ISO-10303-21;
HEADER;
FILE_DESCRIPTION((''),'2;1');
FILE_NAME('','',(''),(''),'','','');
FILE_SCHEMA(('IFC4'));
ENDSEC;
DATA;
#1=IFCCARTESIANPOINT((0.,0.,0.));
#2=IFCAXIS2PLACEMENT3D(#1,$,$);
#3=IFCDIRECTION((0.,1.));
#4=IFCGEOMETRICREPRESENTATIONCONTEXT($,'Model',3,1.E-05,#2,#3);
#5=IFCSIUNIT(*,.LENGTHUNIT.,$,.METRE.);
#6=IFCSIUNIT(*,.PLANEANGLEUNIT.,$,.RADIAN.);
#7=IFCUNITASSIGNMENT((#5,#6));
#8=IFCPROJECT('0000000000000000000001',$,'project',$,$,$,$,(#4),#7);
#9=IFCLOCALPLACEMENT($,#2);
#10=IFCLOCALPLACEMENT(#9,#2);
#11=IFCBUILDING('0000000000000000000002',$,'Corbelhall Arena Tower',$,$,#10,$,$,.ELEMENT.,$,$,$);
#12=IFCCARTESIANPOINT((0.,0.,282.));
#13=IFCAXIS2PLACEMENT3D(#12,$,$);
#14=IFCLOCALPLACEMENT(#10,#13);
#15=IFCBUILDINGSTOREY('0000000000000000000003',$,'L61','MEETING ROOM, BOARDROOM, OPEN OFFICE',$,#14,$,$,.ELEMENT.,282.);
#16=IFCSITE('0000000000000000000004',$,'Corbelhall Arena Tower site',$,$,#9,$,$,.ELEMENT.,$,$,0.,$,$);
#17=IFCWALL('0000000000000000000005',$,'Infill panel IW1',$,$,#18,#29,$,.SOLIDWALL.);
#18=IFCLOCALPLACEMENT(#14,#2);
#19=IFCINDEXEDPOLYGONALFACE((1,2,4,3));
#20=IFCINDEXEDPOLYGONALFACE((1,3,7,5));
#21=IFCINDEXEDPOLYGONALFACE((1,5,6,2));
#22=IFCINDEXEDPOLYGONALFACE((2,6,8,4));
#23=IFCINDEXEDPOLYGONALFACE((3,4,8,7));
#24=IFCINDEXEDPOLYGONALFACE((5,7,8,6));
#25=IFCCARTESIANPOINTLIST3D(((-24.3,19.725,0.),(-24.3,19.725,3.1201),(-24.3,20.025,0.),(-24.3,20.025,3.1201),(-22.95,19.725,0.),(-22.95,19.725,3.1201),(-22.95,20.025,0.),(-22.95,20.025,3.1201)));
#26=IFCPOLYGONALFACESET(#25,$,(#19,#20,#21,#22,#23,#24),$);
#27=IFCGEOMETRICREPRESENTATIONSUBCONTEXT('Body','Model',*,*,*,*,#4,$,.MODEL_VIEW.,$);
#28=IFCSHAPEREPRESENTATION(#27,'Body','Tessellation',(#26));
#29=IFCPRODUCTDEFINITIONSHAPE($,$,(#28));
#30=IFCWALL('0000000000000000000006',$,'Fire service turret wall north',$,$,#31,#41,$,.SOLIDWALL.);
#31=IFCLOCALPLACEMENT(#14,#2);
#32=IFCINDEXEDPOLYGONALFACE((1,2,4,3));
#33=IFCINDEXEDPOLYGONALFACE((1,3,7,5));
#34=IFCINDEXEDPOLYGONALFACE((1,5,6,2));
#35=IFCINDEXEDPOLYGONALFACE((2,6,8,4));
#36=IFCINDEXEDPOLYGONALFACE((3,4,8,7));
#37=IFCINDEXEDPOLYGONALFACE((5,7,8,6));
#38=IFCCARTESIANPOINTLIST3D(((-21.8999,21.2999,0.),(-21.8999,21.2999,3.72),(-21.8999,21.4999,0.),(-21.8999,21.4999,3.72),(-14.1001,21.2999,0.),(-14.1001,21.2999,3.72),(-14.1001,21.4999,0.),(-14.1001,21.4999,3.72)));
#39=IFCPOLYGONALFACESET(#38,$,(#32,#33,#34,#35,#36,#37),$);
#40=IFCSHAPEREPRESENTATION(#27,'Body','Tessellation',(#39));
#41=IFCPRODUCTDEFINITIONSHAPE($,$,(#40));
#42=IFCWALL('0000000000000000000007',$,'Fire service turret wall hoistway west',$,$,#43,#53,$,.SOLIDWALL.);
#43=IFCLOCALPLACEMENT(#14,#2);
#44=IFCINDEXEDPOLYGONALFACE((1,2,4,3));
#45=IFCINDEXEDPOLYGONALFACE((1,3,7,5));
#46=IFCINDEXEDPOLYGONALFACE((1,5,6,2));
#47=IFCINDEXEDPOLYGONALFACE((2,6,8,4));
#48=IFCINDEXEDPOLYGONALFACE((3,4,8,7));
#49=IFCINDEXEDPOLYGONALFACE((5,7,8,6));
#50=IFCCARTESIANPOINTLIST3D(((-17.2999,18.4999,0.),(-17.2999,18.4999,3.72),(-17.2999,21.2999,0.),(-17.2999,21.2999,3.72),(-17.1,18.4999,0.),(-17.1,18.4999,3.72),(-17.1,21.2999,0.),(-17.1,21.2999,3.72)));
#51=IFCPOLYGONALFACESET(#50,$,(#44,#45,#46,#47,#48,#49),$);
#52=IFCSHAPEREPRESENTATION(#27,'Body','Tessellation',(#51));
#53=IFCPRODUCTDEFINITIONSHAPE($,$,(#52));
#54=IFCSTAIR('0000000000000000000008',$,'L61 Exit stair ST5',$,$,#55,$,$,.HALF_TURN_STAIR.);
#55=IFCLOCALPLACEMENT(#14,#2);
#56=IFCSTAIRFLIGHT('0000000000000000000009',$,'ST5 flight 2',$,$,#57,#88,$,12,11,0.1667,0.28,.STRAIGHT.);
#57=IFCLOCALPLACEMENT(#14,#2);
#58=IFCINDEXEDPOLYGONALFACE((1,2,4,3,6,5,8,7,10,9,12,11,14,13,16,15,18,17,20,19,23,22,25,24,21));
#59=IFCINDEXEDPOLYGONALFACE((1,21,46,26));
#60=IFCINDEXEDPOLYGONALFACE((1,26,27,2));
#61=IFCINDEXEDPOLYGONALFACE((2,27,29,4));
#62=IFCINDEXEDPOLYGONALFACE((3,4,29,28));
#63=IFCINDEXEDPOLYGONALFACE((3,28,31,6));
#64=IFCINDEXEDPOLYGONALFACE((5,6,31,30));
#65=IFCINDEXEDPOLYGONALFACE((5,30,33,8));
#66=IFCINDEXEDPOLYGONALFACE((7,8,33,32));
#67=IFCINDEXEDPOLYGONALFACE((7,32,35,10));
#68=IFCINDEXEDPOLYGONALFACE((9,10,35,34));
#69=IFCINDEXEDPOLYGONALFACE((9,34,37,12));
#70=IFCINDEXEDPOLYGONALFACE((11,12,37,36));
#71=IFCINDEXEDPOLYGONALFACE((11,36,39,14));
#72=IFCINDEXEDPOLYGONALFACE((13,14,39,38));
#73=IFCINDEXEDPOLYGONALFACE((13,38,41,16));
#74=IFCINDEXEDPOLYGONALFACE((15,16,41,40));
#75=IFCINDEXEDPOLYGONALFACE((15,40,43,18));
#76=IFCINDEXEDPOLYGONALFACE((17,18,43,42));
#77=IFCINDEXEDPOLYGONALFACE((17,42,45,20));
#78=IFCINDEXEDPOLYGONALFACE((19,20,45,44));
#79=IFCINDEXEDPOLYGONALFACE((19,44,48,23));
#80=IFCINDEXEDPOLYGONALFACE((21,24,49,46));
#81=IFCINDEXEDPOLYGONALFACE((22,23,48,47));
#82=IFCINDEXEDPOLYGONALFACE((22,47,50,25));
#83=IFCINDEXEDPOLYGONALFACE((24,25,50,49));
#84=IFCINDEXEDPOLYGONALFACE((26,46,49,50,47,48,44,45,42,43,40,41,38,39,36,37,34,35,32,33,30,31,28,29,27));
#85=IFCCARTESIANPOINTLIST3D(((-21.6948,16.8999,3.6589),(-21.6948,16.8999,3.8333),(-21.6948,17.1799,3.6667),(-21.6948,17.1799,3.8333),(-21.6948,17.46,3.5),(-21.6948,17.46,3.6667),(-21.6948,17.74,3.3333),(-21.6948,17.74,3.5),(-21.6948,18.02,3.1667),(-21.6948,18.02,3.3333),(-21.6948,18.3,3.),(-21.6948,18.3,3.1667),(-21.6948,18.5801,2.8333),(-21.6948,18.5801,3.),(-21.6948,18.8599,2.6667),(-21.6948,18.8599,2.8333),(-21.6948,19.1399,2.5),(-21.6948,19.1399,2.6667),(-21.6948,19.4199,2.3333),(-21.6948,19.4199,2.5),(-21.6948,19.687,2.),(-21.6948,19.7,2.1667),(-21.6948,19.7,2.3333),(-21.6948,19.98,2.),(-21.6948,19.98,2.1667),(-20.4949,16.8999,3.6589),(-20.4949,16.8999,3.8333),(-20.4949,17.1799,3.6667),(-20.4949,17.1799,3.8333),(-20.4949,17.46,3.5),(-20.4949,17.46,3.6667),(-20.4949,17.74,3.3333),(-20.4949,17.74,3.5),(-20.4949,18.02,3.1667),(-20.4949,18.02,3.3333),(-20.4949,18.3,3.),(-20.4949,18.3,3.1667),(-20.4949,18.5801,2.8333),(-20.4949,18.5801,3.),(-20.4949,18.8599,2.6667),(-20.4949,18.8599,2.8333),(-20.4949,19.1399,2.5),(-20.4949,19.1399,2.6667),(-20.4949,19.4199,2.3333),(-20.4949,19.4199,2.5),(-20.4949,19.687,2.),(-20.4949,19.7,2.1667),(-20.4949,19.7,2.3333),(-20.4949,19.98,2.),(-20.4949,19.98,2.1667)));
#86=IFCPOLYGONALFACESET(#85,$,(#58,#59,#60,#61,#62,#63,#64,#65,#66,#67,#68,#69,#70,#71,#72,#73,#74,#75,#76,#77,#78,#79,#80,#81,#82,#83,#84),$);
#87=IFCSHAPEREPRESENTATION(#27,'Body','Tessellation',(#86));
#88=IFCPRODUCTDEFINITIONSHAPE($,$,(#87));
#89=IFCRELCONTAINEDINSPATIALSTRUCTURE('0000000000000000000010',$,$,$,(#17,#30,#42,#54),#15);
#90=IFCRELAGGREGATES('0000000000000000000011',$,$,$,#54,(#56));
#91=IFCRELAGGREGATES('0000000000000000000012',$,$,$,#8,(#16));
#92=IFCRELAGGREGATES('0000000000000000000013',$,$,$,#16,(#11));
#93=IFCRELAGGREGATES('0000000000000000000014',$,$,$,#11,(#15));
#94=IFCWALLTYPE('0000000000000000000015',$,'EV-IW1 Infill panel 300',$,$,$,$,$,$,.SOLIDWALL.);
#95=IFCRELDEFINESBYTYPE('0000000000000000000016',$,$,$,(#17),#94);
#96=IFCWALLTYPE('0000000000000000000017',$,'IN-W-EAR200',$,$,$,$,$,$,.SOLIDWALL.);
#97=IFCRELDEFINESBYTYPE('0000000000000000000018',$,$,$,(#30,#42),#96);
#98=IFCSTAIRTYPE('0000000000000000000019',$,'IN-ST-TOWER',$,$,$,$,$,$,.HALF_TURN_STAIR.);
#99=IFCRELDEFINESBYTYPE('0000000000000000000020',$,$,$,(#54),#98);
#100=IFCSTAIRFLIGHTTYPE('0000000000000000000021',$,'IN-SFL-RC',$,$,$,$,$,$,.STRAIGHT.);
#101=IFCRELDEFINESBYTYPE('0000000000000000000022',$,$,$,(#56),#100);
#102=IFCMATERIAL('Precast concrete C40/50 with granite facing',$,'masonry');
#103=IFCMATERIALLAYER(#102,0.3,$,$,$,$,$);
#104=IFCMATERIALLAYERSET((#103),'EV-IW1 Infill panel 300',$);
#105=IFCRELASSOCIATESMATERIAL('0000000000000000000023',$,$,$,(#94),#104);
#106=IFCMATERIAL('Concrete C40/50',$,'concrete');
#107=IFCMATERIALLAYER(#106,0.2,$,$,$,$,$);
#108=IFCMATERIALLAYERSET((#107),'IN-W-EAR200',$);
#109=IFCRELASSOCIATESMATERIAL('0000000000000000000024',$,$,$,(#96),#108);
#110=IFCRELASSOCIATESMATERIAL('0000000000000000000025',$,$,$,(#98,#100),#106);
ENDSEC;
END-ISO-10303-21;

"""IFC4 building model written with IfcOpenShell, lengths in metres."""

from ifc_helpers import new_model, si_unit, direction, frame, frame_2d, origin, place, context, subcontext, project, spatial, polyline, rectangle, outline, extrude, material, layer, layer_set, type_object, element, aggregate, save


model = new_model("IFC4")

# Units and contexts
model_context = context("Model", 3, precision=1e-05, world=origin(), true_north=direction((0.0, 1.0)))
body_context = subcontext(model_context, "Body", "Model", "MODEL_VIEW")
ifc_project = project(units=[si_unit("LENGTHUNIT", "METRE"), si_unit("PLANEANGLEUNIT", "RADIAN")], contexts=[model_context])

# Site, building, storey
site_placement = place(None, origin())
site = spatial("IfcSite", under=ifc_project, at=site_placement, Name="Corbelhall Arena Tower site", CompositionType="ELEMENT", RefElevation=0.0)
building_placement = place(site_placement, origin())
building = spatial("IfcBuilding", under=site, at=building_placement, Name="Corbelhall Arena Tower", CompositionType="ELEMENT")
storey_placement = place(building_placement, frame((0.0, 0.0, 282.0)))
storey = spatial("IfcBuildingStorey", under=building, at=storey_placement, Name="L61", Description="MEETING ROOM, BOARDROOM, OPEN OFFICE", CompositionType="ELEMENT", Elevation=282.0)

# Shared definitions
ifc_material_1 = material(Name="Precast concrete C40/50 with granite facing", Category="masonry")
ifc_layer_1 = layer(ifc_material_1, 0.3)
ifc_layer_set_1 = layer_set([ifc_layer_1], Name="EV-IW1 Infill panel 300")
wall_type_1 = type_object("IfcWallType", Name="EV-IW1 Infill panel 300", PredefinedType="SOLIDWALL", material=ifc_layer_set_1)

# Walls
wall_1_placement = place(storey_placement, frame((-22.95, 19.875, 0.0), z_axis=(0.0, 0.0, 1.0), x_axis=(-1.0, 0.0, 0.0)))
element("IfcWall", 1, at=wall_1_placement, inside=storey, type_object=wall_type_1, Name="Infill panel IW1", PredefinedType="SOLIDWALL", context=body_context, shape_type="SweptSolid", body=[
    extrude(rectangle(XDim=1.3501, YDim=0.3, at=frame_2d((0.675, 0.0))), origin(), (0.0, 0.0, 1.0), 3.1201),
])
ifc_material_2 = material(Name="Concrete C40/50", Category="concrete")
ifc_layer_2 = layer(ifc_material_2, 0.2)
ifc_layer_set_2 = layer_set([ifc_layer_2], Name="IN-W-EAR200")
wall_type_2 = type_object("IfcWallType", Name="IN-W-EAR200", PredefinedType="SOLIDWALL", material=ifc_layer_set_2)
wall_2_placement = place(storey_placement, frame((-21.8999, 21.3999, 0.0), z_axis=(0.0, 0.0, 1.0), x_axis=(1.0, 0.0, 0.0)))
element("IfcWall", 2, at=wall_2_placement, inside=storey, type_object=wall_type_2, Name="Fire service turret wall north", PredefinedType="SOLIDWALL", context=body_context, shape_type="SweptSolid", body=[
    extrude(rectangle(XDim=7.7998, YDim=0.2, at=frame_2d((3.8999, 0.0))), origin(), (0.0, 0.0, 1.0), 3.72),
])
wall_3_placement = place(storey_placement, frame((-17.2, 18.5, 0.0), z_axis=(0.0, 0.0, 1.0), x_axis=(0.0, 1.0, 0.0)))
element("IfcWall", 3, at=wall_3_placement, inside=storey, type_object=wall_type_2, Name="Fire service turret wall hoistway west", PredefinedType="SOLIDWALL", context=body_context, shape_type="SweptSolid", body=[
    extrude(rectangle(XDim=2.8, YDim=0.2, at=frame_2d((1.3999, 0.0))), origin(), (0.0, 0.0, 1.0), 3.72),
])

# Stair, stair flight
stair_type = type_object("IfcStairType", Name="IN-ST-TOWER", PredefinedType="HALF_TURN_STAIR", material=ifc_material_2)
stair_placement = place(storey_placement, origin())
stair = element("IfcStair", 4, at=stair_placement, inside=storey, type_object=stair_type, Name="L61 Exit stair ST5", PredefinedType="HALF_TURN_STAIR")
stair_flight_type = type_object("IfcStairFlightType", Name="IN-SFL-RC", PredefinedType="STRAIGHT", material=ifc_material_2)
stair_flight_placement = place(storey_placement, frame((-21.095, 19.98, 2.0), z_axis=(0.0, 0.0, 1.0), x_axis=(0.0, -1.0, 0.0)))
stair_flight = element("IfcStairFlight", 5, at=stair_flight_placement, type_object=stair_flight_type, Name="ST5 flight 2", NumberOfRisers=12, NumberOfTreads=11, PredefinedType="STRAIGHT", RiserHeight=0.1667, TreadLength=0.28, context=body_context, shape_type="SweptSolid", body=[
    extrude(outline(polyline([(0.0, 0.0), (0.0, 0.1667), (0.28, 0.1667), (0.28, 0.3333), (0.5601, 0.3333), (0.5601, 0.5), (0.8401, 0.5), (0.8401, 0.6667), (1.1201, 0.6667), (1.1201, 0.8333), (1.3999, 0.8333), (1.3999, 1.0), (1.6799, 1.0), (1.6799, 1.1667), (1.96, 1.1667), (1.96, 1.3333), (2.24, 1.3333), (2.24, 1.5), (2.52, 1.5), (2.52, 1.6667), (2.8, 1.6667), (2.8, 1.8333), (3.0801, 1.8333), (3.0801, 2.0), (3.0801, 1.6589), (0.293, 0.0), (0.0, 0.0)])), frame((0.0, 0.6001, 0.0), z_axis=(0.0, -1.0, 0.0), x_axis=(1.0, 0.0, 0.0)), (0.0, 0.0, 1.0), 1.2),
])
aggregate(stair, [stair_flight])

save(model, "model.ifc")
